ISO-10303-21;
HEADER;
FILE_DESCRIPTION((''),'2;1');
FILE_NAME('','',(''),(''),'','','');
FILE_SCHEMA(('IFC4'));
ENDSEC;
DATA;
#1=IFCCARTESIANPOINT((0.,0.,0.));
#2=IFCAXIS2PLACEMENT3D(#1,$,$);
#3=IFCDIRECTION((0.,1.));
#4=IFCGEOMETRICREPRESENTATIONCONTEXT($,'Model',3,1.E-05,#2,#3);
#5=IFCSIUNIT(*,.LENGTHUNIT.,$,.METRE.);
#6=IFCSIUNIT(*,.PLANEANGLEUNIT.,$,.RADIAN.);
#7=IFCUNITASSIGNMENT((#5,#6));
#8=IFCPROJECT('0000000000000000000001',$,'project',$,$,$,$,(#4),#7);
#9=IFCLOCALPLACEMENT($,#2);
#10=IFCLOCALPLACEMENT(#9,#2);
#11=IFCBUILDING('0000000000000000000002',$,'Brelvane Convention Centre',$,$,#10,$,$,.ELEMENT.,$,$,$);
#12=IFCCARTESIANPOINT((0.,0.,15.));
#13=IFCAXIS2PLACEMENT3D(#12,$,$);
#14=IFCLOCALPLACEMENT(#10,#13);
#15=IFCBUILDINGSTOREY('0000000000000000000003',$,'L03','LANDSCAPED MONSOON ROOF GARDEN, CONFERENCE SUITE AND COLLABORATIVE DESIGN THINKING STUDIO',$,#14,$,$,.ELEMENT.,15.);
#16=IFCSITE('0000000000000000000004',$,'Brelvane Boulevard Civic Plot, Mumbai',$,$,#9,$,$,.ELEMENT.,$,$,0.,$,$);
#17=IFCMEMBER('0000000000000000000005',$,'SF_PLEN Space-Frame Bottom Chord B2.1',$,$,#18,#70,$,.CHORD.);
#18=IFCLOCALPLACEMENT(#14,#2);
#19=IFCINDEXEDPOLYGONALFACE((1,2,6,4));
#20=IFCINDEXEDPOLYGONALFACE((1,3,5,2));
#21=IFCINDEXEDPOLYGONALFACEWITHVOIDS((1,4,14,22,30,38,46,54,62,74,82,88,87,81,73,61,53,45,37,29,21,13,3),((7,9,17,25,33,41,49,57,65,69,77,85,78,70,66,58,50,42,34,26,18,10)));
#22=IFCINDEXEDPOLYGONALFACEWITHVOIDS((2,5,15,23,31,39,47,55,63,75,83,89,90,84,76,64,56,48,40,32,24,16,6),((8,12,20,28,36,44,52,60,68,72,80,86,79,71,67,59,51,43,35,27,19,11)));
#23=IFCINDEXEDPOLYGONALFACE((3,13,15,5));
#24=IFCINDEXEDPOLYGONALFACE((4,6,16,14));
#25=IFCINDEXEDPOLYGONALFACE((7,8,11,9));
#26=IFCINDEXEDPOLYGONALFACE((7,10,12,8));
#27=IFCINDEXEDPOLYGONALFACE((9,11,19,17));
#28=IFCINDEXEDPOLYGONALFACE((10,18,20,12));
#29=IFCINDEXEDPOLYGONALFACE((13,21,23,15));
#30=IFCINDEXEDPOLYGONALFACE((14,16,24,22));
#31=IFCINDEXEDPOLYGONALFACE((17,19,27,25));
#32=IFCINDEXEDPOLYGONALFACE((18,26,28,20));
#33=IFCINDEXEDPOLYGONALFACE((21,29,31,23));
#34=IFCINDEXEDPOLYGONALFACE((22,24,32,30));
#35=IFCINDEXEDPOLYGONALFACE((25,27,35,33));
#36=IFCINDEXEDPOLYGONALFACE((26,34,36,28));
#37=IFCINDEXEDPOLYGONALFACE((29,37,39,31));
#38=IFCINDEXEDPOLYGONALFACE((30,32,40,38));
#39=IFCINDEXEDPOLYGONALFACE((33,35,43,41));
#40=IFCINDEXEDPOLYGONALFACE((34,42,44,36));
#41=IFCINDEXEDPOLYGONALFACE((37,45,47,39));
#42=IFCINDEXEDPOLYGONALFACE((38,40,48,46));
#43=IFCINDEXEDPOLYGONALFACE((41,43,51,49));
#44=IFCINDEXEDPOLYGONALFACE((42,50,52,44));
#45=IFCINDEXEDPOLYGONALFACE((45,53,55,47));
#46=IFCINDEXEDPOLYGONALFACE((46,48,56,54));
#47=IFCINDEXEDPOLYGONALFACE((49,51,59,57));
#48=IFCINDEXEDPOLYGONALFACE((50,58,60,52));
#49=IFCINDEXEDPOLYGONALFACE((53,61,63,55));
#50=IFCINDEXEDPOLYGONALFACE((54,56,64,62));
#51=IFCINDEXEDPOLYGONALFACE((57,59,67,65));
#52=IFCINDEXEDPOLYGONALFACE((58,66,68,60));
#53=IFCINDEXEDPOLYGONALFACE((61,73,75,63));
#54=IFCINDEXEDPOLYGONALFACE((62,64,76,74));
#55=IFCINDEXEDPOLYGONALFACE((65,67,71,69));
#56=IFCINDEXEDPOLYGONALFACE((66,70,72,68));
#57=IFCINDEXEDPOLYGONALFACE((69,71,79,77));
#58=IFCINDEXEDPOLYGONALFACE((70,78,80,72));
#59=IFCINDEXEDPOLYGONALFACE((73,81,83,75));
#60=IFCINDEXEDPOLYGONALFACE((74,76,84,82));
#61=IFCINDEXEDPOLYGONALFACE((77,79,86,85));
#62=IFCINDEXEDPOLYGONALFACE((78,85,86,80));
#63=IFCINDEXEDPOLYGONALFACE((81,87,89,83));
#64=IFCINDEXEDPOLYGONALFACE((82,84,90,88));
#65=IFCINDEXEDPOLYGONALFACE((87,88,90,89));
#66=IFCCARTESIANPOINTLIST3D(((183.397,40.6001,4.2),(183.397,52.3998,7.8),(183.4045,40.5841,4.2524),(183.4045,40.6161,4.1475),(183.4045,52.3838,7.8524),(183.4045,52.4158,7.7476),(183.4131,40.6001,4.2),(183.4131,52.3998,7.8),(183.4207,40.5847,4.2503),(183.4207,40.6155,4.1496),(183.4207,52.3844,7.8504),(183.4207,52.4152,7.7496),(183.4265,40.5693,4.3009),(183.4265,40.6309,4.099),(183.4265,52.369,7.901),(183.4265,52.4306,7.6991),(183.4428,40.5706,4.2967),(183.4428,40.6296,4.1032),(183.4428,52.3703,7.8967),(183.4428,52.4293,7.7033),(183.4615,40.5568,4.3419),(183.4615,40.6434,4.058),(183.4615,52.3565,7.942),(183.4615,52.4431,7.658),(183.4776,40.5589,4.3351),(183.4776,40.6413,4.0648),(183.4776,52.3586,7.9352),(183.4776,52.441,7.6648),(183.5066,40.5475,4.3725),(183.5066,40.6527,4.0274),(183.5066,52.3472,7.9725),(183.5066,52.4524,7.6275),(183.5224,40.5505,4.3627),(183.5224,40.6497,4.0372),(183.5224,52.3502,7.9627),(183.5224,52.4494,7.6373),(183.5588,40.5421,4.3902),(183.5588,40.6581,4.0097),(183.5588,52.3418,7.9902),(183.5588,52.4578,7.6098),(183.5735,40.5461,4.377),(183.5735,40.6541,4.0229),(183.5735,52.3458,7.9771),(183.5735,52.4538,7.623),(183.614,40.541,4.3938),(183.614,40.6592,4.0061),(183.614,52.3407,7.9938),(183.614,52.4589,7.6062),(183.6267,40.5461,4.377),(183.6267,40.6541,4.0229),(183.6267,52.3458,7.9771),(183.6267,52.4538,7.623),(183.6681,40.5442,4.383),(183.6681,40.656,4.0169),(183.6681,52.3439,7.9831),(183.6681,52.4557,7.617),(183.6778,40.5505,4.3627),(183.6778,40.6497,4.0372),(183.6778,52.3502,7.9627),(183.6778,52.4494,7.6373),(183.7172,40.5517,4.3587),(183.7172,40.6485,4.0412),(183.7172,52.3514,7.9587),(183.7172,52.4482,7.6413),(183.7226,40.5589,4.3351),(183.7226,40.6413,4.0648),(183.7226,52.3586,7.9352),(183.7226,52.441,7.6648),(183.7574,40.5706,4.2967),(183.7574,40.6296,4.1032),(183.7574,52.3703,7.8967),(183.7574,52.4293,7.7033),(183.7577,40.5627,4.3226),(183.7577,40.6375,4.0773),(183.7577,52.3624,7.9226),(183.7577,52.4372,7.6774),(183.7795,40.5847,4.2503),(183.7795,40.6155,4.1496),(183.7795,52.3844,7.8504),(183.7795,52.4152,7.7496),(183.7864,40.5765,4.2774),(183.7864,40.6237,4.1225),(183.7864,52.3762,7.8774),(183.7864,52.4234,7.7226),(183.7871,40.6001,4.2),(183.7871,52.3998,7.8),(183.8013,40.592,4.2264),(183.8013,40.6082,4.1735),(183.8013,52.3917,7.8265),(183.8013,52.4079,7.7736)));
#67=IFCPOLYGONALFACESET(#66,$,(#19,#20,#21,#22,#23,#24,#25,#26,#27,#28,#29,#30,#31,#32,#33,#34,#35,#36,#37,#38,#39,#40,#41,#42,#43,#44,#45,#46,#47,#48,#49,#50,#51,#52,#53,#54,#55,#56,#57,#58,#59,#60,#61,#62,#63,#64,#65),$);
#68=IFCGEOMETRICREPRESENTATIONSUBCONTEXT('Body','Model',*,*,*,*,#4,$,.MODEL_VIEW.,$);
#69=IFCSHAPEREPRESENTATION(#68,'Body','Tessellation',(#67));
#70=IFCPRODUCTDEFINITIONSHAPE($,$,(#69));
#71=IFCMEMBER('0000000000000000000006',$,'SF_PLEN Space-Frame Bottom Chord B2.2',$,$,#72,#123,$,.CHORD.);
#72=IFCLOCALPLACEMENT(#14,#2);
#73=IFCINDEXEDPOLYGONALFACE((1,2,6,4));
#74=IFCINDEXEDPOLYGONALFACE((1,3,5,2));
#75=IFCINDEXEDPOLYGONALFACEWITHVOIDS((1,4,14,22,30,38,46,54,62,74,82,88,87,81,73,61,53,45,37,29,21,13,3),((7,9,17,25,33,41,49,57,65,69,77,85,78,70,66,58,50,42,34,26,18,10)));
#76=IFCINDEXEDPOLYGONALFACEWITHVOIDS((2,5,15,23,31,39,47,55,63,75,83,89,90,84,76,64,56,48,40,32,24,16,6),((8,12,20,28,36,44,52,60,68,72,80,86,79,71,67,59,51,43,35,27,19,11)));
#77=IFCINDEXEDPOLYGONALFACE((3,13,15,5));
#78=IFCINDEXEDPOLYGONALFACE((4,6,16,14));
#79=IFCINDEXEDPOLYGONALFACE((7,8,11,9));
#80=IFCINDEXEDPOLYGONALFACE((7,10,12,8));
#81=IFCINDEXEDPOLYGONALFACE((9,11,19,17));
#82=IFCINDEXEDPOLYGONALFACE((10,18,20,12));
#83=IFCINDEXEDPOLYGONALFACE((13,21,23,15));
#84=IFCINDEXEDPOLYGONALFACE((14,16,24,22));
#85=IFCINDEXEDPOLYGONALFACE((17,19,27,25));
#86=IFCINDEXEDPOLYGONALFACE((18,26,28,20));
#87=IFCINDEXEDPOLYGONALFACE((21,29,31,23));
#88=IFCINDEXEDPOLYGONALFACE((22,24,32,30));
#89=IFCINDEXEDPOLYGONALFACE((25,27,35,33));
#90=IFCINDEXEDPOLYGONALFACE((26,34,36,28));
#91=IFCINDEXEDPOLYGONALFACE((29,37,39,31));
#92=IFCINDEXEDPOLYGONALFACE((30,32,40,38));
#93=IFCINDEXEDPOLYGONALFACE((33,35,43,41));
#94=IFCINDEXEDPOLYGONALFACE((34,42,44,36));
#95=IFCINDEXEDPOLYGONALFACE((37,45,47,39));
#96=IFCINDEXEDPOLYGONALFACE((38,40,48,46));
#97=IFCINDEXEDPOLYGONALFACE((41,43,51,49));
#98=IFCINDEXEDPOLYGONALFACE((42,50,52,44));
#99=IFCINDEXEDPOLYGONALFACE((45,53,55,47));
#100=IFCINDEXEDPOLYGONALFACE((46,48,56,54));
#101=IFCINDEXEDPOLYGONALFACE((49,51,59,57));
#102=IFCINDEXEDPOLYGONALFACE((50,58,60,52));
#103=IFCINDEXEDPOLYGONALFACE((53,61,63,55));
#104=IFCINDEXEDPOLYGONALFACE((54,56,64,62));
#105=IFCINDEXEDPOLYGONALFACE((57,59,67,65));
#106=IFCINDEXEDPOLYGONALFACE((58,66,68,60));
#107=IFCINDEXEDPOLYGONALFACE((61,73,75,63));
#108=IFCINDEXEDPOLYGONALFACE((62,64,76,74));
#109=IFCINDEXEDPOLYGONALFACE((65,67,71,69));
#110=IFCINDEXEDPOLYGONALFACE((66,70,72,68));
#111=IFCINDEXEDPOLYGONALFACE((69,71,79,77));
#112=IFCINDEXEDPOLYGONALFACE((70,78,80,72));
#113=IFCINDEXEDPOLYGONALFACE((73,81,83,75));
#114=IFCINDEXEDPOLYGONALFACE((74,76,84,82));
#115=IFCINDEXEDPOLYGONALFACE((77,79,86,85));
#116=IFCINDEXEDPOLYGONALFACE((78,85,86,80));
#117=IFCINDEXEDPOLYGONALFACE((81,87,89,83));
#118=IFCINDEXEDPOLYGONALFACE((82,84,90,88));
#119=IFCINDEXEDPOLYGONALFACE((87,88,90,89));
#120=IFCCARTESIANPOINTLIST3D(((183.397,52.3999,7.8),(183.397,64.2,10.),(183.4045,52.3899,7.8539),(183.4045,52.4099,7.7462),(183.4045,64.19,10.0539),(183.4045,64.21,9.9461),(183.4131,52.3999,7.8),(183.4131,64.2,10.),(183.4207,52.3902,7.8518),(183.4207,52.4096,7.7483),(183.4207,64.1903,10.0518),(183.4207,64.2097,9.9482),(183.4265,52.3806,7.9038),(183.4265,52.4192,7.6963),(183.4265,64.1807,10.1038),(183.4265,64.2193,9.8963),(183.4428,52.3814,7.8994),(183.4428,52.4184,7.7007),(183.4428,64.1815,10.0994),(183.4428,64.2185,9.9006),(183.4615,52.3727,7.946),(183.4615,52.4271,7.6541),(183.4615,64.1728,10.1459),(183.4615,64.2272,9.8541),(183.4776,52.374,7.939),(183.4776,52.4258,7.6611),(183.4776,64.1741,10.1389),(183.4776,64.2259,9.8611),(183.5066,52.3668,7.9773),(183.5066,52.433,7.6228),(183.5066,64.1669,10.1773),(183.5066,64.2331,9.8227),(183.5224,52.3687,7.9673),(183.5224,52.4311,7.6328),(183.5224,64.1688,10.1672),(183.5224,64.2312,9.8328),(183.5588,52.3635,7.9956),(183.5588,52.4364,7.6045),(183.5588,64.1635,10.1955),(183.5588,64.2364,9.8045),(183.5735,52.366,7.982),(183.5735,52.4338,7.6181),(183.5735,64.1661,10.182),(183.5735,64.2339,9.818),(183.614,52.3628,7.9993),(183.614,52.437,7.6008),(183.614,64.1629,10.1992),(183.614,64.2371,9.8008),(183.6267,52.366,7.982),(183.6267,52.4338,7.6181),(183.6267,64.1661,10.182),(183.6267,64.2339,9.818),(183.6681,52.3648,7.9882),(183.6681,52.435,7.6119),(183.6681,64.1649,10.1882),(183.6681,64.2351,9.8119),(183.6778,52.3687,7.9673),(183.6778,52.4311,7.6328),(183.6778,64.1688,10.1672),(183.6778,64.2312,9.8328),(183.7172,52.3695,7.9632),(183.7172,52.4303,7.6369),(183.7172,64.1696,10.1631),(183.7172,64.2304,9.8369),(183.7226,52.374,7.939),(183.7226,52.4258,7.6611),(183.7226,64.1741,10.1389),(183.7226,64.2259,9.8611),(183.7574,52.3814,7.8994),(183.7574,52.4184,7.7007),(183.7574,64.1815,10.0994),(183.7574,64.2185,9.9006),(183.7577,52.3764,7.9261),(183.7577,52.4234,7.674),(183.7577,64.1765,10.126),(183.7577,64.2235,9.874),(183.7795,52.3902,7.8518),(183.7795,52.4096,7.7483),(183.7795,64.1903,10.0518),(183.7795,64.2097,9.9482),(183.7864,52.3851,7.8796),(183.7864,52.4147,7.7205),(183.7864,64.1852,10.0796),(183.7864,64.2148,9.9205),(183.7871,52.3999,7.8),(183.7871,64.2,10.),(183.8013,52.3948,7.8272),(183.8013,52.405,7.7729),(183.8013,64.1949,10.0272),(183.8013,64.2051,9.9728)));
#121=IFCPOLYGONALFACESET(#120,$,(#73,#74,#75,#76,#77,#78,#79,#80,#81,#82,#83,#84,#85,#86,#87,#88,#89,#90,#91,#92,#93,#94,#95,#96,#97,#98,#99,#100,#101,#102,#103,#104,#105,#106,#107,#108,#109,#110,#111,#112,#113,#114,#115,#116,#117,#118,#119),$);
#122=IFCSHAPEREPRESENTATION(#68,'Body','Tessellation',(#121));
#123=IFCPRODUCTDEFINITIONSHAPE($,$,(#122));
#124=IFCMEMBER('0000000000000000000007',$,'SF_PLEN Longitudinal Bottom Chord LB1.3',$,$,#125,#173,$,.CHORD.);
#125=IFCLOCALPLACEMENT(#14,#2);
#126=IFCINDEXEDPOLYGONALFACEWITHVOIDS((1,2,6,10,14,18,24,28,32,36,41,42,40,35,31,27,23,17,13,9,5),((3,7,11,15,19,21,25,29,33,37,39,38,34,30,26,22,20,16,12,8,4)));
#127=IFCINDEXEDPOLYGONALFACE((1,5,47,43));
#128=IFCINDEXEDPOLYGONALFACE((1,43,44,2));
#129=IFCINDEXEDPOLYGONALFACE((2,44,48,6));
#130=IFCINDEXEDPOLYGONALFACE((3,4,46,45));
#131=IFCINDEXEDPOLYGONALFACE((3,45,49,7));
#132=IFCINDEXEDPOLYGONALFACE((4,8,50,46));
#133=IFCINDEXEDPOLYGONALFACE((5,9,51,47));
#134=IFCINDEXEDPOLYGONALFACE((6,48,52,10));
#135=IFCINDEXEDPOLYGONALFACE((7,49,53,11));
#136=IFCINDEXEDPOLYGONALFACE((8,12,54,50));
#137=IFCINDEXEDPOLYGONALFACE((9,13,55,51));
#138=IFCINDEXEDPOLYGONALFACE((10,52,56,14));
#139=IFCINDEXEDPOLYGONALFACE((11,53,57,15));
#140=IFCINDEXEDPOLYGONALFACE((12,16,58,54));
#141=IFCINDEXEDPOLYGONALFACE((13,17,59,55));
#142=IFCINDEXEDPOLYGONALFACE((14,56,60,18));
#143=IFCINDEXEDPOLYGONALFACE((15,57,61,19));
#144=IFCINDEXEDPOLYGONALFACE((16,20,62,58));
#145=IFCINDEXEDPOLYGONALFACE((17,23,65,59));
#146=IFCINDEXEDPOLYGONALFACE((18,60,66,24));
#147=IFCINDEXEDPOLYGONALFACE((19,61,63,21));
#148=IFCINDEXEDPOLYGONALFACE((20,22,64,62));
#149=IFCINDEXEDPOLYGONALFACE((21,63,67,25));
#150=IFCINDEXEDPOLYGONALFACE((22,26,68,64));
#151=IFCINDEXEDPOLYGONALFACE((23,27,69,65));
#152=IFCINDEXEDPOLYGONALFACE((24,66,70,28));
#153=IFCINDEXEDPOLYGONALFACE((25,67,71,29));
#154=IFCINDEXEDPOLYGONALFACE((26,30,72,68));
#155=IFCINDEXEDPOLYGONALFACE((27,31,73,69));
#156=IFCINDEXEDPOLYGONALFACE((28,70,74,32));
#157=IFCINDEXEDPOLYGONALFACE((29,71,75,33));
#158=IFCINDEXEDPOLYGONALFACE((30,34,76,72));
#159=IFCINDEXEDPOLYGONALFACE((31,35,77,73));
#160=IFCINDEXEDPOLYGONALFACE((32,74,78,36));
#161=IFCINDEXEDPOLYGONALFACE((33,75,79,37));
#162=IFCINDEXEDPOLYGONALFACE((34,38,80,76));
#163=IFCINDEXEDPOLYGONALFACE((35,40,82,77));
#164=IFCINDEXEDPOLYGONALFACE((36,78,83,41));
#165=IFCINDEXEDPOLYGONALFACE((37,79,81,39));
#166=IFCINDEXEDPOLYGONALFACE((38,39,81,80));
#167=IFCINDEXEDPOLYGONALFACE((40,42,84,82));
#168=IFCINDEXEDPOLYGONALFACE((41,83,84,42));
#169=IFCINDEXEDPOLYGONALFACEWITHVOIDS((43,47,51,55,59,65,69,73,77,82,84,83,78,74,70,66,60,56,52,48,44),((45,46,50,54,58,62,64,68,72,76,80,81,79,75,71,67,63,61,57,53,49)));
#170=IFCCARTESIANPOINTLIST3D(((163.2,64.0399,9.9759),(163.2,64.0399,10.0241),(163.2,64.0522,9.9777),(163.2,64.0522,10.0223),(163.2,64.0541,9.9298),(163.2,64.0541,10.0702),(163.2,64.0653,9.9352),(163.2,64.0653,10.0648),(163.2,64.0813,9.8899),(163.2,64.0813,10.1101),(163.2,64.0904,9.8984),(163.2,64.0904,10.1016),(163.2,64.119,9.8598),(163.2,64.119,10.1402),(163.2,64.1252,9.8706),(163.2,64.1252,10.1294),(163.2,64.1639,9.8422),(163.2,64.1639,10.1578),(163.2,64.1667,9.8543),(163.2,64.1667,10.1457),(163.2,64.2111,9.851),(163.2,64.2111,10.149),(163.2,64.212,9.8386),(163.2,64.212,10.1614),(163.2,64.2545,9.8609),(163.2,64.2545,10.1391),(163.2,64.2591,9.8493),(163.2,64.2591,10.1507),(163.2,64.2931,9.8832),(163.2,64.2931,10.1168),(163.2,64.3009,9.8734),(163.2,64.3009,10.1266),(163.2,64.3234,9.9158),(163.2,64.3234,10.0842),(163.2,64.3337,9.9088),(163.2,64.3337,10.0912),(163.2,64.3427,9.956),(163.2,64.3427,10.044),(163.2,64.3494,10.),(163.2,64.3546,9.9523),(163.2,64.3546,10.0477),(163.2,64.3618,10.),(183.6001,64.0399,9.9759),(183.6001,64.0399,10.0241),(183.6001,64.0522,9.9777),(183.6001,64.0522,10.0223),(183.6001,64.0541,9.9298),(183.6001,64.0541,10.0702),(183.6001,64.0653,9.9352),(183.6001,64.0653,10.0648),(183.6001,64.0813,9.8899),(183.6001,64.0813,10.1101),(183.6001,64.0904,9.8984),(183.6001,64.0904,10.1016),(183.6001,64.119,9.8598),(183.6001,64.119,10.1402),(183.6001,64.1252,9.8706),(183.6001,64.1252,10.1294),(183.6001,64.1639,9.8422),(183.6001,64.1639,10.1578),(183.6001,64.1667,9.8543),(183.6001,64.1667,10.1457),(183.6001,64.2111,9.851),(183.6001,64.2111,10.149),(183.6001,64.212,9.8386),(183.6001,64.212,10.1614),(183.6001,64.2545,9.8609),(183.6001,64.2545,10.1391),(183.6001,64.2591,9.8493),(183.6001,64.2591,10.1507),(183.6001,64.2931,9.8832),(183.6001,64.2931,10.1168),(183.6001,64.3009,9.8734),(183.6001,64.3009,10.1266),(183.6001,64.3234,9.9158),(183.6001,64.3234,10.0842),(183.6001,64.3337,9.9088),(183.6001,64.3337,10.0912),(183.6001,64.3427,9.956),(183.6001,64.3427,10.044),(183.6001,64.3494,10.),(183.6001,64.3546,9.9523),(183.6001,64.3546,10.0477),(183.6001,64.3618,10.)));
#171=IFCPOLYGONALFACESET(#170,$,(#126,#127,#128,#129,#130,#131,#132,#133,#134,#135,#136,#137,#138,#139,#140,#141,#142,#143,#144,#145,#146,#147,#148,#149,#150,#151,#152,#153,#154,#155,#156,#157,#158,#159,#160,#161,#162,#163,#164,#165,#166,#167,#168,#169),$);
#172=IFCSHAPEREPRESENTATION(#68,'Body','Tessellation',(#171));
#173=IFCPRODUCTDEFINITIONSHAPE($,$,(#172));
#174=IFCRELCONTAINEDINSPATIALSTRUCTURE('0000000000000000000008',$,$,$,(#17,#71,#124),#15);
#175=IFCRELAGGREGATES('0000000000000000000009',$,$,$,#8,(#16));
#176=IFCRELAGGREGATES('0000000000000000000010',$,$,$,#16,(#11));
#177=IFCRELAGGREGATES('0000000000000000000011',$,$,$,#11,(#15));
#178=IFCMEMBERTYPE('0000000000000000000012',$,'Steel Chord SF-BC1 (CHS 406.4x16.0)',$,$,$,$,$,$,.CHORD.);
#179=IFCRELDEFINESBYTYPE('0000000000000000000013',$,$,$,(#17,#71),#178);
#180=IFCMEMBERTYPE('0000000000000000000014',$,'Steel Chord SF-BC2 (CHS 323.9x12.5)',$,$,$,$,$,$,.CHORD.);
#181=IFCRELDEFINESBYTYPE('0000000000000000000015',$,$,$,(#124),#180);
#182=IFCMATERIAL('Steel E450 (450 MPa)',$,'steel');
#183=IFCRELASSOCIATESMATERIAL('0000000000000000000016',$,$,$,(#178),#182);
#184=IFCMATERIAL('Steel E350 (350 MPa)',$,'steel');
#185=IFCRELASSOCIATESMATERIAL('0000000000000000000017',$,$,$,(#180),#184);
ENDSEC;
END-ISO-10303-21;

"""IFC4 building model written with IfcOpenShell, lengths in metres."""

from ifc_helpers import new_model, si_unit, direction, frame, origin, origin_2d, place, context, subcontext, project, spatial, hollow_circle, extrude, material, material_profile, profile_set, type_object, element, save


model = new_model("IFC4")

# Units and contexts
model_context = context("Model", 3, precision=1e-05, world=origin(), true_north=direction((0.0, 1.0)))
body_context = subcontext(model_context, "Body", "Model", "MODEL_VIEW")
ifc_project = project(units=[si_unit("LENGTHUNIT", "METRE"), si_unit("PLANEANGLEUNIT", "RADIAN")], contexts=[model_context])

# Site, building, storey
site_placement = place(None, origin())
site = spatial("IfcSite", under=ifc_project, at=site_placement, Name="Brelvane Boulevard Civic Plot, Mumbai", CompositionType="ELEMENT", RefElevation=0.0)
building_placement = place(site_placement, origin())
building = spatial("IfcBuilding", under=site, at=building_placement, Name="Brelvane Convention Centre", CompositionType="ELEMENT")
storey_placement = place(building_placement, frame((0.0, 0.0, 15.0)))
storey = spatial("IfcBuildingStorey", under=building, at=storey_placement, Name="L03", Description="LANDSCAPED MONSOON ROOF GARDEN, CONFERENCE SUITE AND COLLABORATIVE DESIGN THINKING STUDIO", CompositionType="ELEMENT", Elevation=15.0)

# Members
ifc_material_1 = material(Name="Steel E450 (450 MPa)", Category="steel")
ifc_material_profile_1 = material_profile(ifc_material_1, hollow_circle(Radius=0.2031, WallThickness=0.0161, at=origin_2d()), Name="CHS 406.4x16.0")
ifc_profile_set_1 = profile_set([ifc_material_profile_1], Name="Steel E450 (450 MPa)")
member_type_1 = type_object("IfcMemberType", Name="Steel Chord SF-BC1 (CHS 406.4x16.0)", PredefinedType="CHORD", material=ifc_profile_set_1)
member_1_placement = place(storey_placement, frame((183.6001, 40.6001, 4.2), z_axis=(0.0, 0.956474, 0.291818), x_axis=(-1.0, 0.0, 0.0)))
element("IfcMember", 1, at=member_1_placement, inside=storey, type_object=member_type_1, Name="SF_PLEN Space-Frame Bottom Chord B2.1", PredefinedType="CHORD", context=body_context, shape_type="SweptSolid", body=[
    extrude(hollow_circle(Radius=0.2031, WallThickness=0.0161, at=origin_2d()), origin(), (0.0, 0.0, 1.0), 12.3367),
])
member_2_placement = place(storey_placement, frame((183.6001, 52.3999, 7.8), z_axis=(0.0, 0.983061, 0.183278), x_axis=(-1.0, 0.0, 0.0)))
element("IfcMember", 2, at=member_2_placement, inside=storey, type_object=member_type_1, Name="SF_PLEN Space-Frame Bottom Chord B2.2", PredefinedType="CHORD", context=body_context, shape_type="SweptSolid", body=[
    extrude(hollow_circle(Radius=0.2031, WallThickness=0.0161, at=origin_2d()), origin(), (0.0, 0.0, 1.0), 12.0034),
])
ifc_material_2 = material(Name="Steel E350 (350 MPa)", Category="steel")
ifc_material_profile_2 = material_profile(ifc_material_2, hollow_circle(Radius=0.1619, WallThickness=0.0125, at=origin_2d()), Name="CHS 323.9x12.5")
ifc_profile_set_2 = profile_set([ifc_material_profile_2], Name="Steel E350 (350 MPa)")
member_type_2 = type_object("IfcMemberType", Name="Steel Chord SF-BC2 (CHS 323.9x12.5)", PredefinedType="CHORD", material=ifc_profile_set_2)
for number, where, z_axis, x_axis, name in (
    (3, (163.2, 64.2, 10.0), (1.0, 0.0, 0.0), (0.0, 1.0, 0.0), "SF_PLEN Longitudinal Bottom Chord LB1.3"),
):
    element("IfcMember", number, at=place(storey_placement, frame(where, z_axis=z_axis, x_axis=x_axis)), inside=storey, type_object=member_type_2, Name=name, PredefinedType="CHORD", context=body_context, shape_type="SweptSolid", body=[
        extrude(hollow_circle(Radius=0.1619, WallThickness=0.0125, at=origin_2d()), origin(), (0.0, 0.0, 1.0), 20.4001),
    ])

save(model, "model.ifc")
